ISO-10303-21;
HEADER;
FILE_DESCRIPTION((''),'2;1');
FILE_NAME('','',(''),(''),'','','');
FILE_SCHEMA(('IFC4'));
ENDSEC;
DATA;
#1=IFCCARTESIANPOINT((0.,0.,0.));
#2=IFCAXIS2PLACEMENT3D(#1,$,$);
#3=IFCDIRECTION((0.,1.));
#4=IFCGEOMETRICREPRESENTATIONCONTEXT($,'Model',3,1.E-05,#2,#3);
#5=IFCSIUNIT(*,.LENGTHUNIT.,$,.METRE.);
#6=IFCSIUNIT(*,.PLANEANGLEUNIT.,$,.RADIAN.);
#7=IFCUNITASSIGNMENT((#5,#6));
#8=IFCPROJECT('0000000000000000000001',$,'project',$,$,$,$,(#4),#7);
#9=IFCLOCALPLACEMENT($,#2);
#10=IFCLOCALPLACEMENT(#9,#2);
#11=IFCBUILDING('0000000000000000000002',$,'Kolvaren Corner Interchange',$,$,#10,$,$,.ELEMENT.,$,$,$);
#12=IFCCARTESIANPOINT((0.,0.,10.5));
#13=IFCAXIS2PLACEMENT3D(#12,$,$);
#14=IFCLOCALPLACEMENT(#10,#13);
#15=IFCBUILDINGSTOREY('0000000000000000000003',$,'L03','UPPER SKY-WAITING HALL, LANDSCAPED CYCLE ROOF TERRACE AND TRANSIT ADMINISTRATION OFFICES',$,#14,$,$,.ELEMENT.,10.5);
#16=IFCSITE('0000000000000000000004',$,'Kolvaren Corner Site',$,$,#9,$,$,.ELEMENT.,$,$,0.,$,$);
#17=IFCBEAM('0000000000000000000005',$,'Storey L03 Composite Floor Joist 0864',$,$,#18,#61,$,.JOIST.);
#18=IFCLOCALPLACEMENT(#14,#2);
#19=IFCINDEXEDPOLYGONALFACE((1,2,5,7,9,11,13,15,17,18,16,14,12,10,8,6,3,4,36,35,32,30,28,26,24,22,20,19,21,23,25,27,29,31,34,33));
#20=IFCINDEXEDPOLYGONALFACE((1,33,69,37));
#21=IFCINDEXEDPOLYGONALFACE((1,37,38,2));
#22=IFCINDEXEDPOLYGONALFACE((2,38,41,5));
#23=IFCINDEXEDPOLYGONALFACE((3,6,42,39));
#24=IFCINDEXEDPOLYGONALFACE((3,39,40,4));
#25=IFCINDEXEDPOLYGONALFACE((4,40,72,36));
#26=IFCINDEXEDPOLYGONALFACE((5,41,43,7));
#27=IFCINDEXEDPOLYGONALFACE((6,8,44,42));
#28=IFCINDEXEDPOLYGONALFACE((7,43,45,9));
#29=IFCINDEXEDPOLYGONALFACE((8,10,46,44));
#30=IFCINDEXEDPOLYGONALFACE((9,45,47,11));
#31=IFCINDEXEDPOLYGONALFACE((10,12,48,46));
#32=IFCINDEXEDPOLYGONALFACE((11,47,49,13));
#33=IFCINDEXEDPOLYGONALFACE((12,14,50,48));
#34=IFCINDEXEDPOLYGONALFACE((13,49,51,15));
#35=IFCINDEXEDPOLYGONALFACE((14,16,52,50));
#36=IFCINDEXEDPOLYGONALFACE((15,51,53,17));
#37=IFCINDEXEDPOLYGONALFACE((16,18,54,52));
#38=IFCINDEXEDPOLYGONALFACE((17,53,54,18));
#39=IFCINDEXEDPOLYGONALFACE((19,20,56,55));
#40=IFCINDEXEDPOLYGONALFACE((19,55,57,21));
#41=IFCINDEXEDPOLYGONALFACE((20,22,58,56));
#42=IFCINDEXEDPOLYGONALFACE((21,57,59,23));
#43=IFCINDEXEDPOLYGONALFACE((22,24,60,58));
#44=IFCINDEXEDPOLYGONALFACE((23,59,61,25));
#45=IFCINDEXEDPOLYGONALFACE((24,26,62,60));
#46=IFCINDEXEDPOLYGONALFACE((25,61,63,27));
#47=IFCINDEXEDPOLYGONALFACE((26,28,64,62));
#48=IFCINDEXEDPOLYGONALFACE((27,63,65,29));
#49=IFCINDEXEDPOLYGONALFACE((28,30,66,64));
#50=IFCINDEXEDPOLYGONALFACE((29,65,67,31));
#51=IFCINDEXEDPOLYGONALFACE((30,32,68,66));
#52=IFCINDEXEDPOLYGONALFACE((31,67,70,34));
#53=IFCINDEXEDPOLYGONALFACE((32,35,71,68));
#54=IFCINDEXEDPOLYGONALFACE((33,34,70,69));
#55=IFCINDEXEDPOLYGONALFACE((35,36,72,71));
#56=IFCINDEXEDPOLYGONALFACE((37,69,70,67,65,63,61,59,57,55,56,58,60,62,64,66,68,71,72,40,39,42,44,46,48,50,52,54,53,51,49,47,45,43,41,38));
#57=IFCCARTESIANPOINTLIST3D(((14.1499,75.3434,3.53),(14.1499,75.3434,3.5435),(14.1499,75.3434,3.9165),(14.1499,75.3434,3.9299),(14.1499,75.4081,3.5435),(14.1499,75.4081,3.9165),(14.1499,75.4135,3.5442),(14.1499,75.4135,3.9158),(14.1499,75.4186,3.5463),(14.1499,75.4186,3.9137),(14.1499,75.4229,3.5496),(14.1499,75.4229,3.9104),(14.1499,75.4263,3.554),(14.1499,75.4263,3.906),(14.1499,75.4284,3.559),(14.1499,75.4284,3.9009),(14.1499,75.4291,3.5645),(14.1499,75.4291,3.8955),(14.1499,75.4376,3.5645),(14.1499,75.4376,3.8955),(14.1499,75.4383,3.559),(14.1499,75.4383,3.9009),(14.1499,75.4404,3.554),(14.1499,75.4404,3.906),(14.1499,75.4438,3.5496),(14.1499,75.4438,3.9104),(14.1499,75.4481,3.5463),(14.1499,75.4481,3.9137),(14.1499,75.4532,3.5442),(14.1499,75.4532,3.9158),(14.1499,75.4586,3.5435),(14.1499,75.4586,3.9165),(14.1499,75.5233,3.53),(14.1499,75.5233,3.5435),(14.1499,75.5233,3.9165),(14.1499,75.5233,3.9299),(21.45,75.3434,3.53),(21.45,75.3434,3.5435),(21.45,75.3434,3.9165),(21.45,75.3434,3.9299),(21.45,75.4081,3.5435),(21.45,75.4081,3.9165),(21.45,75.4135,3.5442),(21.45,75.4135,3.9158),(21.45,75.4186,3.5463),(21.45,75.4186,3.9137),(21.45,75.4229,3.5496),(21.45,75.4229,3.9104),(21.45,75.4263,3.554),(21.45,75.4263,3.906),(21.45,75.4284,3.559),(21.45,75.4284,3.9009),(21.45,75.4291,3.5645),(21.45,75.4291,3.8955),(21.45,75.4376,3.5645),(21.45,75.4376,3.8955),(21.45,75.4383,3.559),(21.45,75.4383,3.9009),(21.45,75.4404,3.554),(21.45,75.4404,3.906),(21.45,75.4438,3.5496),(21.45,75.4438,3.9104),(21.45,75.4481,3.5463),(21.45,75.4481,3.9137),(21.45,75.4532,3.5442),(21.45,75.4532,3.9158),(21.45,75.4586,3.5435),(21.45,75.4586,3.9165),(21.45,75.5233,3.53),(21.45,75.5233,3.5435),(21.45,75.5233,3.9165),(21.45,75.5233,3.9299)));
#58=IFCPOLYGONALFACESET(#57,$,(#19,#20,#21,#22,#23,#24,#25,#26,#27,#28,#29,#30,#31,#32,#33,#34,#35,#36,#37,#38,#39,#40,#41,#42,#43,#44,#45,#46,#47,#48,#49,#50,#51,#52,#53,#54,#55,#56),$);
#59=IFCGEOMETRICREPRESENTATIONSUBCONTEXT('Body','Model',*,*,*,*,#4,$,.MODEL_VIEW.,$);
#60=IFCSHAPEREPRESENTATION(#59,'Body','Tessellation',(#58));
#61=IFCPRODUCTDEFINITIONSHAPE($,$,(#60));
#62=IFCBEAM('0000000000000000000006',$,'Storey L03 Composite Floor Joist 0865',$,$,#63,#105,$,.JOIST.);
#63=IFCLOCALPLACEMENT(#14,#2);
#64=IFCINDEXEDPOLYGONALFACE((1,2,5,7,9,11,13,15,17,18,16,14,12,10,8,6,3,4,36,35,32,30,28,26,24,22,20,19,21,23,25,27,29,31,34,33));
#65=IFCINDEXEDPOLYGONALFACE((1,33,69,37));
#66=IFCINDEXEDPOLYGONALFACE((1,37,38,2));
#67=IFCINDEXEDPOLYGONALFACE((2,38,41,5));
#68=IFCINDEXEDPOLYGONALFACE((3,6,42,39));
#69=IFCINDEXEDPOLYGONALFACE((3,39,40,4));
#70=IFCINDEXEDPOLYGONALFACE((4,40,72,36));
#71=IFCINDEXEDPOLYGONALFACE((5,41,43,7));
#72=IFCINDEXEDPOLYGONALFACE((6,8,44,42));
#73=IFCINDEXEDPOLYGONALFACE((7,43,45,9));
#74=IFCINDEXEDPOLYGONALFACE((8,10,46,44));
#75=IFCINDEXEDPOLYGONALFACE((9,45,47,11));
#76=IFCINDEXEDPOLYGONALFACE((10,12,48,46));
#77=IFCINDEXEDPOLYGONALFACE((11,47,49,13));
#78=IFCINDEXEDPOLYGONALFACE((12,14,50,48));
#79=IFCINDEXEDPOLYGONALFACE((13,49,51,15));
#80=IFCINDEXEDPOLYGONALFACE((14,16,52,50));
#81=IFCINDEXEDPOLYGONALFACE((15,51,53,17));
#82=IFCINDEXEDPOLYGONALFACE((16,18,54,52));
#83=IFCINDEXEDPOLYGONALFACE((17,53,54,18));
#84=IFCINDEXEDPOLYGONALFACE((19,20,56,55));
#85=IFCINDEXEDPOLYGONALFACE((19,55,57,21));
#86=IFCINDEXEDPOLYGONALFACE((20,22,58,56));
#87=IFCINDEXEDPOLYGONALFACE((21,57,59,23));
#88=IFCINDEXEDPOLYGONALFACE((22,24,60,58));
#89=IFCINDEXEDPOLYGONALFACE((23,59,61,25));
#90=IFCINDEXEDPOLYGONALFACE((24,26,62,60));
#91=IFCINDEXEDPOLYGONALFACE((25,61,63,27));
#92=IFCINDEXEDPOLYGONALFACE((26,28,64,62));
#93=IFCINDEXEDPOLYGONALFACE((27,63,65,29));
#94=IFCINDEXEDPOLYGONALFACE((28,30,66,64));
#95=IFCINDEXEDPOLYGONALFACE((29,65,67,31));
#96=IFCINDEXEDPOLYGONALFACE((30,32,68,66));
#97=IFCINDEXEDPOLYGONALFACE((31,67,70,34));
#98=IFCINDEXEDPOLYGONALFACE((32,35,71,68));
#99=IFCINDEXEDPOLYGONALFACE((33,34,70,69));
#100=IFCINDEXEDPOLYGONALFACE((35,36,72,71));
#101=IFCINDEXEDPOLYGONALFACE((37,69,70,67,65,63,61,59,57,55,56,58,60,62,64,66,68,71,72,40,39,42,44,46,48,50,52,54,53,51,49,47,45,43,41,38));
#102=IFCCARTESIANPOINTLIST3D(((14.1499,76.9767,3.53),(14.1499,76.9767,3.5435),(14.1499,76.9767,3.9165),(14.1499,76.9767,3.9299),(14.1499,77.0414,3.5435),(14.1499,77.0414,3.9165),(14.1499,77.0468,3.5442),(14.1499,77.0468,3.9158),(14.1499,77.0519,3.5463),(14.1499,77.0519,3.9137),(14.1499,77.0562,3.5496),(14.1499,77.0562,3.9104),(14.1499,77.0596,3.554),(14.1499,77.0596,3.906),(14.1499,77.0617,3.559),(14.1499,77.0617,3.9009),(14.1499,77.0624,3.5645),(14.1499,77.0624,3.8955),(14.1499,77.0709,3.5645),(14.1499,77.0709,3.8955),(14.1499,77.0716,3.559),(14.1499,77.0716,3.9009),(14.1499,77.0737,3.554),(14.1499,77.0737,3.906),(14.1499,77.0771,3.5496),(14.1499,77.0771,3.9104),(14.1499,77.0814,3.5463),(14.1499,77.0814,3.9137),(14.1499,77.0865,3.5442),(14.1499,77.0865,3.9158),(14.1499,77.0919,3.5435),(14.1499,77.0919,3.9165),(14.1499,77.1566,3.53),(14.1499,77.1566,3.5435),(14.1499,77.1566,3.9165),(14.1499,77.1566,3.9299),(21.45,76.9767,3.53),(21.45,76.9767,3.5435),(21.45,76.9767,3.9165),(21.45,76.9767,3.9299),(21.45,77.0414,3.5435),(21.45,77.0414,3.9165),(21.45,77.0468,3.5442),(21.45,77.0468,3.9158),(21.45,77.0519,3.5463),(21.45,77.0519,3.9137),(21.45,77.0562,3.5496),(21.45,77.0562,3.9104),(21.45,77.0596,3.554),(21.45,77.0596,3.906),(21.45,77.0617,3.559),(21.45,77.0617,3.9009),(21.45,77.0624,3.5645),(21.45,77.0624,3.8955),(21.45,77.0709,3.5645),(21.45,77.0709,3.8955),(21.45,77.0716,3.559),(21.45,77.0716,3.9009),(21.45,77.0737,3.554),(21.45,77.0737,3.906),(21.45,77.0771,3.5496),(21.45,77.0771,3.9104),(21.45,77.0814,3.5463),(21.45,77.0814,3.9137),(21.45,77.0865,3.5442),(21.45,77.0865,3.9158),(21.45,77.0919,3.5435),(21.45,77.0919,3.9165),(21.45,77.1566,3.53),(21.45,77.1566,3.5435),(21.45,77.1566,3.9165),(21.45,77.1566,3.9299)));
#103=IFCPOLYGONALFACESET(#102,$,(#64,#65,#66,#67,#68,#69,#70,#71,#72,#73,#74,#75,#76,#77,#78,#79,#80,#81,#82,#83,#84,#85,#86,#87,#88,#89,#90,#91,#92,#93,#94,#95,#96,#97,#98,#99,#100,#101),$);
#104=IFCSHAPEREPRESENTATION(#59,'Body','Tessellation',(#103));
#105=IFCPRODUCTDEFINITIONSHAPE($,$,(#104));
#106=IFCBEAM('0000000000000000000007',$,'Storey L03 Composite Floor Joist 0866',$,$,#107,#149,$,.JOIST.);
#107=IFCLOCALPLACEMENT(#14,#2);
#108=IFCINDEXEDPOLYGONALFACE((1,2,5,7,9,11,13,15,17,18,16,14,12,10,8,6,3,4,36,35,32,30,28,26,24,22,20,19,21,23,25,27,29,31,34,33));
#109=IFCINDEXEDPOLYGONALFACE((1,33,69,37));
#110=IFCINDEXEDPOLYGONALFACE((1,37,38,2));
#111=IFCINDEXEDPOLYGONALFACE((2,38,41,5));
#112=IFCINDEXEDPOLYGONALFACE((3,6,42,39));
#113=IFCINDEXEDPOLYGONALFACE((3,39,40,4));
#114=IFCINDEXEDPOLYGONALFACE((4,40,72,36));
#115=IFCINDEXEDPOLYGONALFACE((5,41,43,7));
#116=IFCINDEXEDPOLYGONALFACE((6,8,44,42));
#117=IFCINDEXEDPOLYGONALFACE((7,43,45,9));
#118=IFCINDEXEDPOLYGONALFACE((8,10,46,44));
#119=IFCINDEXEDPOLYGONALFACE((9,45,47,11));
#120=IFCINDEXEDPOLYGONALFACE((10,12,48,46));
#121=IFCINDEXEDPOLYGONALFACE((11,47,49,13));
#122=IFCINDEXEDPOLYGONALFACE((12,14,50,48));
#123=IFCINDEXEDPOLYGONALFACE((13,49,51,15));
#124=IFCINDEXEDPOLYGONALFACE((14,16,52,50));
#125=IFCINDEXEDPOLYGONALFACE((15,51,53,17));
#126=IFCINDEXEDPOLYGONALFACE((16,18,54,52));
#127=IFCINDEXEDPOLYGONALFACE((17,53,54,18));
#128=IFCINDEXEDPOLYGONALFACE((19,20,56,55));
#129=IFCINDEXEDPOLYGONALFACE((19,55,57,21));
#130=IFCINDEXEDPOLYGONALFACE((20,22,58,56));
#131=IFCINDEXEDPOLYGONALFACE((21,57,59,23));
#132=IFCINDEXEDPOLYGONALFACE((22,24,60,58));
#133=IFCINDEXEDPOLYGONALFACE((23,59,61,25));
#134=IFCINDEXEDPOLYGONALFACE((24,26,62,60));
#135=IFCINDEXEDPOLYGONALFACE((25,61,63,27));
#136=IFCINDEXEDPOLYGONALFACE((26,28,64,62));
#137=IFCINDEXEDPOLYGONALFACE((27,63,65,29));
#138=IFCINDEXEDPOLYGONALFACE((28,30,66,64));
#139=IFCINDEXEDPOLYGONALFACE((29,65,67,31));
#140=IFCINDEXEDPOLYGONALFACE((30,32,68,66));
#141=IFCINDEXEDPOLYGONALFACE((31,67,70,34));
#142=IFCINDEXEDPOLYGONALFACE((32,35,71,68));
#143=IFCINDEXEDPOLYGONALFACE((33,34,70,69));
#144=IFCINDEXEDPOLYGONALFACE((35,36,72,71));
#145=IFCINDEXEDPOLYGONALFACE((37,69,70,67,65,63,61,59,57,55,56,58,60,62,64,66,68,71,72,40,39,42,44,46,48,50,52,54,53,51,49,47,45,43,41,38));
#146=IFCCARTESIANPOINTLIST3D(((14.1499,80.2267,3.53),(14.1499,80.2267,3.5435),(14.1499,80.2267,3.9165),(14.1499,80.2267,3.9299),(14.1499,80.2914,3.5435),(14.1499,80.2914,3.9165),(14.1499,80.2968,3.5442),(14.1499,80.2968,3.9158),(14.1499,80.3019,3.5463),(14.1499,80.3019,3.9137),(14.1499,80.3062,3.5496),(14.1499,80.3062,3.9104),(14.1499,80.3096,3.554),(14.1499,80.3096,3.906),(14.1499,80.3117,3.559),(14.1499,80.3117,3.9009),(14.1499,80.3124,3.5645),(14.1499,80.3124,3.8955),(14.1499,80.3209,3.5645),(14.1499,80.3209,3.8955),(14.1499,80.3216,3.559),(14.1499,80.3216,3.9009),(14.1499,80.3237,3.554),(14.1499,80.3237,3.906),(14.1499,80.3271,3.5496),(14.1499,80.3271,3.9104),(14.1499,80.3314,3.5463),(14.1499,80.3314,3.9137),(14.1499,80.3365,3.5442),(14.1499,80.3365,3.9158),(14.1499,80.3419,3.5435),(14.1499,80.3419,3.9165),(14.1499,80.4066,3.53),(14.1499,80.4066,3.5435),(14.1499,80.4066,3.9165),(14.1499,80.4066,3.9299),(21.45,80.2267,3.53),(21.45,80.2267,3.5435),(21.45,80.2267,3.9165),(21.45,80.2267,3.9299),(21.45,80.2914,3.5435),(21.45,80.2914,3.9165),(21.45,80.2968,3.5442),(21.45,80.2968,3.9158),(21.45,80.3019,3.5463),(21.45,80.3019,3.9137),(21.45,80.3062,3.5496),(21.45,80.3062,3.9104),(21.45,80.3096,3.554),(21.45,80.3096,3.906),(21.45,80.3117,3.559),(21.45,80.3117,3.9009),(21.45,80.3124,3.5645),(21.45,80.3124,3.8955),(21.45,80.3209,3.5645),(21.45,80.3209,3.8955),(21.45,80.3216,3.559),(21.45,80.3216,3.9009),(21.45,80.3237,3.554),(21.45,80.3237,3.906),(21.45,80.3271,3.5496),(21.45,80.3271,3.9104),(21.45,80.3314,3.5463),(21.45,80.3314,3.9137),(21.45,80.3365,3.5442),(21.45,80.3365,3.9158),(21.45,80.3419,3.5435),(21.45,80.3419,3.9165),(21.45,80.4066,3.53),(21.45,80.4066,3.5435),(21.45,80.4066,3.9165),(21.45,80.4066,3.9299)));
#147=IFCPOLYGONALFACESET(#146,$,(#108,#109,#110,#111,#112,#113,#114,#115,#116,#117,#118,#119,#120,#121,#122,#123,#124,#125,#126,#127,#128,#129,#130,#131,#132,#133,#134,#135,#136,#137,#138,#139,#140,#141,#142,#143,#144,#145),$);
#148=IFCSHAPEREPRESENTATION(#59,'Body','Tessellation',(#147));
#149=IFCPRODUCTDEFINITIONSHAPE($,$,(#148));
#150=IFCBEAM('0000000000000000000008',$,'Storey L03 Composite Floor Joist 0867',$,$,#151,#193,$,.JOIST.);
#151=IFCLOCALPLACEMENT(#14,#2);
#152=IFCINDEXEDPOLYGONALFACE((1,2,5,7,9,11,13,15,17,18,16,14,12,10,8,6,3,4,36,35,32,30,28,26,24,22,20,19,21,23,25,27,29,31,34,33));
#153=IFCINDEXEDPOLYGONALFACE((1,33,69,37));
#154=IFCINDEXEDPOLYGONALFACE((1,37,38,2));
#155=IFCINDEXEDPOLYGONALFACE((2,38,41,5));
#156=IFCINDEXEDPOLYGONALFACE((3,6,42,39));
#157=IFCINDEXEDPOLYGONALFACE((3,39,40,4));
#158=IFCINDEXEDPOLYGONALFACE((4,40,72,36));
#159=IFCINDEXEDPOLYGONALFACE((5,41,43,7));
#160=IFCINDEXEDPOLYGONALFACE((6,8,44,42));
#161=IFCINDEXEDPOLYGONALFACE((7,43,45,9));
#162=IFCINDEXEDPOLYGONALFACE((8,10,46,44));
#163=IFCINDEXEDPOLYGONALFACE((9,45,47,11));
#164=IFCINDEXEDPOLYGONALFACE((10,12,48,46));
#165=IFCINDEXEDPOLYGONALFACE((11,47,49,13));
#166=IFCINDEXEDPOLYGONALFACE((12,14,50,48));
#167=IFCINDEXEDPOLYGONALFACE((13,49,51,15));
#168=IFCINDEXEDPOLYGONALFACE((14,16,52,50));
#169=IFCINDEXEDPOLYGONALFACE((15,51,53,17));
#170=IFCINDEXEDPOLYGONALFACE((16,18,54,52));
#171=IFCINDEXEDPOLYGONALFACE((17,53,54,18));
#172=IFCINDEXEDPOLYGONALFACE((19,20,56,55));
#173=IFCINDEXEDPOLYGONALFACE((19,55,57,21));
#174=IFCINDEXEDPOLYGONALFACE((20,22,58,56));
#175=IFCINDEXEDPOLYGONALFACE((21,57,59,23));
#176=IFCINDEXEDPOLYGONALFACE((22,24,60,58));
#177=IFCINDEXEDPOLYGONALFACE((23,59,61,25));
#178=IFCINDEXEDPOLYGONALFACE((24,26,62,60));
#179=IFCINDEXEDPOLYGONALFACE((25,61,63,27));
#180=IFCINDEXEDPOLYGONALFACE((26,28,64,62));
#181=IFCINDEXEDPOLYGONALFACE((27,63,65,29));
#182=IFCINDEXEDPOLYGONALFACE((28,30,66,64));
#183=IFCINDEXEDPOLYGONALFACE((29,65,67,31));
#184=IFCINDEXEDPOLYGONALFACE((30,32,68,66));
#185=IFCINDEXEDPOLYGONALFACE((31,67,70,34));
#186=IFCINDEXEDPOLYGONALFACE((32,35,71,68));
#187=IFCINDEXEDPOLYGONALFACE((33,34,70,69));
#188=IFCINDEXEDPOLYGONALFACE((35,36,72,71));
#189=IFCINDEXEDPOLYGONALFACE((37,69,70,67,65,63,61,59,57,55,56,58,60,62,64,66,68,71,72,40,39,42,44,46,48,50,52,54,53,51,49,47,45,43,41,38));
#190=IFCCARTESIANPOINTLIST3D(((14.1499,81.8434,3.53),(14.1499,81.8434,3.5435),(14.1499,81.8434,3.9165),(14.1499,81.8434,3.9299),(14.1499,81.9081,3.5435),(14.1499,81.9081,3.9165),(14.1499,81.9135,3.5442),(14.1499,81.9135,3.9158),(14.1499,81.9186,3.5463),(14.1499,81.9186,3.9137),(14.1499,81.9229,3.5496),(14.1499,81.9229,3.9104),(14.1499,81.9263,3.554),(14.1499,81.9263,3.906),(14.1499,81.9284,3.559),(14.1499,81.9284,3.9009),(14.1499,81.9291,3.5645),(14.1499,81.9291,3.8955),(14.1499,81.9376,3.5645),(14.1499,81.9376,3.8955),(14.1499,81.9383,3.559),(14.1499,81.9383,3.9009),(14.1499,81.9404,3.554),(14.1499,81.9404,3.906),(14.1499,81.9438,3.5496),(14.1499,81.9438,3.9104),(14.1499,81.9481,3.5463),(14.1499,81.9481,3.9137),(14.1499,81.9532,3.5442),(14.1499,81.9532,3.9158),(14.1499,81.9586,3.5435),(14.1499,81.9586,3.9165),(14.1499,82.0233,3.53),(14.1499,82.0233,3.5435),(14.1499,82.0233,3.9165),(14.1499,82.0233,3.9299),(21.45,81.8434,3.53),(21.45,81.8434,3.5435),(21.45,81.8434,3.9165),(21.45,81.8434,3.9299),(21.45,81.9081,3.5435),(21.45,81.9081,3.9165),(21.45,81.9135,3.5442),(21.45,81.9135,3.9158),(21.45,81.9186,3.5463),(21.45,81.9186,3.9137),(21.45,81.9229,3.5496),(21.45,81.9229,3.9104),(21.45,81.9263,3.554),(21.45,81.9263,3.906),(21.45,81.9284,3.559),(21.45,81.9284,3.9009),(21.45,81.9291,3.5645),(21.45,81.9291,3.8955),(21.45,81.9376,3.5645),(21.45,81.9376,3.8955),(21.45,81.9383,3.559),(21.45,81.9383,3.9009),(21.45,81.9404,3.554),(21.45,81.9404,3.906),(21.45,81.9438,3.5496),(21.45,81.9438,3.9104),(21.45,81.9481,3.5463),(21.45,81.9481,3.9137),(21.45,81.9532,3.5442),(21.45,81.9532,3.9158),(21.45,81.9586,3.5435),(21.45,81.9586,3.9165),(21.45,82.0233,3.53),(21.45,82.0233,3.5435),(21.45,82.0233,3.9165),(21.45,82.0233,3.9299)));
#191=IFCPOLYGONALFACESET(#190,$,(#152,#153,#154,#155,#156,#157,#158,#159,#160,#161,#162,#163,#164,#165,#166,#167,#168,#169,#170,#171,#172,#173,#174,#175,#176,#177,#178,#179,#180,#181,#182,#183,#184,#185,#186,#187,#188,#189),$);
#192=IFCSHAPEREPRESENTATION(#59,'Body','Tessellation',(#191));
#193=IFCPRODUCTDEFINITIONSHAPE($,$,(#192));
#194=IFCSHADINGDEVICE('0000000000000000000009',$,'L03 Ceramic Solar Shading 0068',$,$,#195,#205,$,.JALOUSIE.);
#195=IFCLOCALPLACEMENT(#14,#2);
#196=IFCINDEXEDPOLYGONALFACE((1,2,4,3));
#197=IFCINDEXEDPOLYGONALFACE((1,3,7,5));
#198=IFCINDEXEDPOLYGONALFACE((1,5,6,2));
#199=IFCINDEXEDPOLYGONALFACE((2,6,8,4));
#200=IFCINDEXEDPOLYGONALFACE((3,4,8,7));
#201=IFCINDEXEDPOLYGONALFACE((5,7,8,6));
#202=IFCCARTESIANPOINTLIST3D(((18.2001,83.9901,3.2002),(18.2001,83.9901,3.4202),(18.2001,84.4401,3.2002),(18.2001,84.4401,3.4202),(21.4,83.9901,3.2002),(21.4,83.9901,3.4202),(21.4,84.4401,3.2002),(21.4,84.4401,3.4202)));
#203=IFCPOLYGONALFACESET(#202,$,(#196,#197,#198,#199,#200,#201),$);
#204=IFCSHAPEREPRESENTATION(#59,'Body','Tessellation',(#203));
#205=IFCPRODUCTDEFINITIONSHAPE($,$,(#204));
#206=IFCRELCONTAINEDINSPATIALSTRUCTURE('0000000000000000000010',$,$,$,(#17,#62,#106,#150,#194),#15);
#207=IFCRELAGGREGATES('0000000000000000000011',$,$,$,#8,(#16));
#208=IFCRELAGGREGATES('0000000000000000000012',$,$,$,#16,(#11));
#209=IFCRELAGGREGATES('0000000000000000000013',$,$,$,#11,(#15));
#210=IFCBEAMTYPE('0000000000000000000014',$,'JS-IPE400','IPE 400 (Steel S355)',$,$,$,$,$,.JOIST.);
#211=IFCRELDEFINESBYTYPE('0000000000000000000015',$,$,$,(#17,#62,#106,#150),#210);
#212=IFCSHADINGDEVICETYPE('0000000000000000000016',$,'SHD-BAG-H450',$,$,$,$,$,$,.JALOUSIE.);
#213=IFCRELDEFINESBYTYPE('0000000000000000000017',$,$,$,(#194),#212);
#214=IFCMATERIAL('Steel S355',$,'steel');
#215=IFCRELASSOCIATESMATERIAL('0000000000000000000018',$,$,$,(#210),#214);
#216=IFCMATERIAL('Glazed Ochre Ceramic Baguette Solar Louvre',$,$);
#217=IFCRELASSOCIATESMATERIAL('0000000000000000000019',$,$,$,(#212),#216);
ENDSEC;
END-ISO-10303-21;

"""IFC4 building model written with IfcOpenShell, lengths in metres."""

from ifc_helpers import new_model, si_unit, direction, frame, origin, origin_2d, place, context, subcontext, project, spatial, rectangle, i_section, extrude, material, material_profile, profile_set, type_object, element, save


model = new_model("IFC4")

# Units and contexts
model_context = context("Model", 3, precision=1e-05, world=origin(), true_north=direction((0.0, 1.0)))
body_context = subcontext(model_context, "Body", "Model", "MODEL_VIEW")
ifc_project = project(units=[si_unit("LENGTHUNIT", "METRE"), si_unit("PLANEANGLEUNIT", "RADIAN")], contexts=[model_context])

# Site, building, storey
site_placement = place(None, origin())
site = spatial("IfcSite", under=ifc_project, at=site_placement, Name="Kolvaren Corner Site", CompositionType="ELEMENT", RefElevation=0.0)
building_placement = place(site_placement, origin())
building = spatial("IfcBuilding", under=site, at=building_placement, Name="Kolvaren Corner Interchange", CompositionType="ELEMENT")
storey_placement = place(building_placement, frame((0.0, 0.0, 10.5)))
storey = spatial("IfcBuildingStorey", under=building, at=storey_placement, Name="L03", Description="UPPER SKY-WAITING HALL, LANDSCAPED CYCLE ROOF TERRACE AND TRANSIT ADMINISTRATION OFFICES", CompositionType="ELEMENT", Elevation=10.5)

# Beams
ifc_material_1 = material(Name="Steel S355", Category="steel")
ifc_material_profile_1 = material_profile(ifc_material_1, i_section(OverallWidth=0.1799, OverallDepth=0.3999, WebThickness=0.0085, FlangeThickness=0.0134, FilletRadius=0.021, at=origin_2d()), Name="IPE 400")
ifc_profile_set_1 = profile_set([ifc_material_profile_1], Name="Steel S355")
beam_type_1 = type_object("IfcBeamType", Name="JS-IPE400", Description="IPE 400 (Steel S355)", PredefinedType="JOIST", material=ifc_profile_set_1)
for number, where, z_axis, x_axis, name in (
    (1, (14.1499, 75.4333, 3.73), (1.0, 0.0, 0.0), (0.0, 1.0, 0.0), "Storey L03 Composite Floor Joist 0864"),
    (2, (14.1499, 77.0667, 3.73), (1.0, 0.0, 0.0), (0.0, 1.0, 0.0), "Storey L03 Composite Floor Joist 0865"),
    (3, (14.1499, 80.3167, 3.73), (1.0, 0.0, 0.0), (0.0, 1.0, 0.0), "Storey L03 Composite Floor Joist 0866"),
    (4, (14.1499, 81.9333, 3.73), (1.0, 0.0, 0.0), (0.0, 1.0, 0.0), "Storey L03 Composite Floor Joist 0867"),
):
    element("IfcBeam", number, at=place(storey_placement, frame(where, z_axis=z_axis, x_axis=x_axis)), inside=storey, type_object=beam_type_1, Name=name, PredefinedType="JOIST", context=body_context, shape_type="SweptSolid", body=[
        extrude(i_section(OverallWidth=0.1799, OverallDepth=0.3999, WebThickness=0.0085, FlangeThickness=0.0134, FilletRadius=0.021, at=origin_2d()), origin(), (0.0, 0.0, 1.0), 7.3),
    ])

# Shading device
ifc_material_2 = material(Name="Glazed Ochre Ceramic Baguette Solar Louvre")
shading_device_type = type_object("IfcShadingDeviceType", Name="SHD-BAG-H450", PredefinedType="JALOUSIE", material=ifc_material_2)
for number, where, z_axis, x_axis, name in (
    (5, (19.8, 84.2151, 3.2002), (0.0, 0.0, 1.0), (-1.0, 0.0, 0.0), "L03 Ceramic Solar Shading 0068"),
):
    element("IfcShadingDevice", number, at=place(storey_placement, frame(where, z_axis=z_axis, x_axis=x_axis)), inside=storey, type_object=shading_device_type, Name=name, PredefinedType="JALOUSIE", context=body_context, shape_type="SweptSolid", body=[
        extrude(rectangle(XDim=3.2, YDim=0.45, at=origin_2d()), origin(), (0.0, 0.0, 1.0), 0.22),
    ])

save(model, "model.ifc")
